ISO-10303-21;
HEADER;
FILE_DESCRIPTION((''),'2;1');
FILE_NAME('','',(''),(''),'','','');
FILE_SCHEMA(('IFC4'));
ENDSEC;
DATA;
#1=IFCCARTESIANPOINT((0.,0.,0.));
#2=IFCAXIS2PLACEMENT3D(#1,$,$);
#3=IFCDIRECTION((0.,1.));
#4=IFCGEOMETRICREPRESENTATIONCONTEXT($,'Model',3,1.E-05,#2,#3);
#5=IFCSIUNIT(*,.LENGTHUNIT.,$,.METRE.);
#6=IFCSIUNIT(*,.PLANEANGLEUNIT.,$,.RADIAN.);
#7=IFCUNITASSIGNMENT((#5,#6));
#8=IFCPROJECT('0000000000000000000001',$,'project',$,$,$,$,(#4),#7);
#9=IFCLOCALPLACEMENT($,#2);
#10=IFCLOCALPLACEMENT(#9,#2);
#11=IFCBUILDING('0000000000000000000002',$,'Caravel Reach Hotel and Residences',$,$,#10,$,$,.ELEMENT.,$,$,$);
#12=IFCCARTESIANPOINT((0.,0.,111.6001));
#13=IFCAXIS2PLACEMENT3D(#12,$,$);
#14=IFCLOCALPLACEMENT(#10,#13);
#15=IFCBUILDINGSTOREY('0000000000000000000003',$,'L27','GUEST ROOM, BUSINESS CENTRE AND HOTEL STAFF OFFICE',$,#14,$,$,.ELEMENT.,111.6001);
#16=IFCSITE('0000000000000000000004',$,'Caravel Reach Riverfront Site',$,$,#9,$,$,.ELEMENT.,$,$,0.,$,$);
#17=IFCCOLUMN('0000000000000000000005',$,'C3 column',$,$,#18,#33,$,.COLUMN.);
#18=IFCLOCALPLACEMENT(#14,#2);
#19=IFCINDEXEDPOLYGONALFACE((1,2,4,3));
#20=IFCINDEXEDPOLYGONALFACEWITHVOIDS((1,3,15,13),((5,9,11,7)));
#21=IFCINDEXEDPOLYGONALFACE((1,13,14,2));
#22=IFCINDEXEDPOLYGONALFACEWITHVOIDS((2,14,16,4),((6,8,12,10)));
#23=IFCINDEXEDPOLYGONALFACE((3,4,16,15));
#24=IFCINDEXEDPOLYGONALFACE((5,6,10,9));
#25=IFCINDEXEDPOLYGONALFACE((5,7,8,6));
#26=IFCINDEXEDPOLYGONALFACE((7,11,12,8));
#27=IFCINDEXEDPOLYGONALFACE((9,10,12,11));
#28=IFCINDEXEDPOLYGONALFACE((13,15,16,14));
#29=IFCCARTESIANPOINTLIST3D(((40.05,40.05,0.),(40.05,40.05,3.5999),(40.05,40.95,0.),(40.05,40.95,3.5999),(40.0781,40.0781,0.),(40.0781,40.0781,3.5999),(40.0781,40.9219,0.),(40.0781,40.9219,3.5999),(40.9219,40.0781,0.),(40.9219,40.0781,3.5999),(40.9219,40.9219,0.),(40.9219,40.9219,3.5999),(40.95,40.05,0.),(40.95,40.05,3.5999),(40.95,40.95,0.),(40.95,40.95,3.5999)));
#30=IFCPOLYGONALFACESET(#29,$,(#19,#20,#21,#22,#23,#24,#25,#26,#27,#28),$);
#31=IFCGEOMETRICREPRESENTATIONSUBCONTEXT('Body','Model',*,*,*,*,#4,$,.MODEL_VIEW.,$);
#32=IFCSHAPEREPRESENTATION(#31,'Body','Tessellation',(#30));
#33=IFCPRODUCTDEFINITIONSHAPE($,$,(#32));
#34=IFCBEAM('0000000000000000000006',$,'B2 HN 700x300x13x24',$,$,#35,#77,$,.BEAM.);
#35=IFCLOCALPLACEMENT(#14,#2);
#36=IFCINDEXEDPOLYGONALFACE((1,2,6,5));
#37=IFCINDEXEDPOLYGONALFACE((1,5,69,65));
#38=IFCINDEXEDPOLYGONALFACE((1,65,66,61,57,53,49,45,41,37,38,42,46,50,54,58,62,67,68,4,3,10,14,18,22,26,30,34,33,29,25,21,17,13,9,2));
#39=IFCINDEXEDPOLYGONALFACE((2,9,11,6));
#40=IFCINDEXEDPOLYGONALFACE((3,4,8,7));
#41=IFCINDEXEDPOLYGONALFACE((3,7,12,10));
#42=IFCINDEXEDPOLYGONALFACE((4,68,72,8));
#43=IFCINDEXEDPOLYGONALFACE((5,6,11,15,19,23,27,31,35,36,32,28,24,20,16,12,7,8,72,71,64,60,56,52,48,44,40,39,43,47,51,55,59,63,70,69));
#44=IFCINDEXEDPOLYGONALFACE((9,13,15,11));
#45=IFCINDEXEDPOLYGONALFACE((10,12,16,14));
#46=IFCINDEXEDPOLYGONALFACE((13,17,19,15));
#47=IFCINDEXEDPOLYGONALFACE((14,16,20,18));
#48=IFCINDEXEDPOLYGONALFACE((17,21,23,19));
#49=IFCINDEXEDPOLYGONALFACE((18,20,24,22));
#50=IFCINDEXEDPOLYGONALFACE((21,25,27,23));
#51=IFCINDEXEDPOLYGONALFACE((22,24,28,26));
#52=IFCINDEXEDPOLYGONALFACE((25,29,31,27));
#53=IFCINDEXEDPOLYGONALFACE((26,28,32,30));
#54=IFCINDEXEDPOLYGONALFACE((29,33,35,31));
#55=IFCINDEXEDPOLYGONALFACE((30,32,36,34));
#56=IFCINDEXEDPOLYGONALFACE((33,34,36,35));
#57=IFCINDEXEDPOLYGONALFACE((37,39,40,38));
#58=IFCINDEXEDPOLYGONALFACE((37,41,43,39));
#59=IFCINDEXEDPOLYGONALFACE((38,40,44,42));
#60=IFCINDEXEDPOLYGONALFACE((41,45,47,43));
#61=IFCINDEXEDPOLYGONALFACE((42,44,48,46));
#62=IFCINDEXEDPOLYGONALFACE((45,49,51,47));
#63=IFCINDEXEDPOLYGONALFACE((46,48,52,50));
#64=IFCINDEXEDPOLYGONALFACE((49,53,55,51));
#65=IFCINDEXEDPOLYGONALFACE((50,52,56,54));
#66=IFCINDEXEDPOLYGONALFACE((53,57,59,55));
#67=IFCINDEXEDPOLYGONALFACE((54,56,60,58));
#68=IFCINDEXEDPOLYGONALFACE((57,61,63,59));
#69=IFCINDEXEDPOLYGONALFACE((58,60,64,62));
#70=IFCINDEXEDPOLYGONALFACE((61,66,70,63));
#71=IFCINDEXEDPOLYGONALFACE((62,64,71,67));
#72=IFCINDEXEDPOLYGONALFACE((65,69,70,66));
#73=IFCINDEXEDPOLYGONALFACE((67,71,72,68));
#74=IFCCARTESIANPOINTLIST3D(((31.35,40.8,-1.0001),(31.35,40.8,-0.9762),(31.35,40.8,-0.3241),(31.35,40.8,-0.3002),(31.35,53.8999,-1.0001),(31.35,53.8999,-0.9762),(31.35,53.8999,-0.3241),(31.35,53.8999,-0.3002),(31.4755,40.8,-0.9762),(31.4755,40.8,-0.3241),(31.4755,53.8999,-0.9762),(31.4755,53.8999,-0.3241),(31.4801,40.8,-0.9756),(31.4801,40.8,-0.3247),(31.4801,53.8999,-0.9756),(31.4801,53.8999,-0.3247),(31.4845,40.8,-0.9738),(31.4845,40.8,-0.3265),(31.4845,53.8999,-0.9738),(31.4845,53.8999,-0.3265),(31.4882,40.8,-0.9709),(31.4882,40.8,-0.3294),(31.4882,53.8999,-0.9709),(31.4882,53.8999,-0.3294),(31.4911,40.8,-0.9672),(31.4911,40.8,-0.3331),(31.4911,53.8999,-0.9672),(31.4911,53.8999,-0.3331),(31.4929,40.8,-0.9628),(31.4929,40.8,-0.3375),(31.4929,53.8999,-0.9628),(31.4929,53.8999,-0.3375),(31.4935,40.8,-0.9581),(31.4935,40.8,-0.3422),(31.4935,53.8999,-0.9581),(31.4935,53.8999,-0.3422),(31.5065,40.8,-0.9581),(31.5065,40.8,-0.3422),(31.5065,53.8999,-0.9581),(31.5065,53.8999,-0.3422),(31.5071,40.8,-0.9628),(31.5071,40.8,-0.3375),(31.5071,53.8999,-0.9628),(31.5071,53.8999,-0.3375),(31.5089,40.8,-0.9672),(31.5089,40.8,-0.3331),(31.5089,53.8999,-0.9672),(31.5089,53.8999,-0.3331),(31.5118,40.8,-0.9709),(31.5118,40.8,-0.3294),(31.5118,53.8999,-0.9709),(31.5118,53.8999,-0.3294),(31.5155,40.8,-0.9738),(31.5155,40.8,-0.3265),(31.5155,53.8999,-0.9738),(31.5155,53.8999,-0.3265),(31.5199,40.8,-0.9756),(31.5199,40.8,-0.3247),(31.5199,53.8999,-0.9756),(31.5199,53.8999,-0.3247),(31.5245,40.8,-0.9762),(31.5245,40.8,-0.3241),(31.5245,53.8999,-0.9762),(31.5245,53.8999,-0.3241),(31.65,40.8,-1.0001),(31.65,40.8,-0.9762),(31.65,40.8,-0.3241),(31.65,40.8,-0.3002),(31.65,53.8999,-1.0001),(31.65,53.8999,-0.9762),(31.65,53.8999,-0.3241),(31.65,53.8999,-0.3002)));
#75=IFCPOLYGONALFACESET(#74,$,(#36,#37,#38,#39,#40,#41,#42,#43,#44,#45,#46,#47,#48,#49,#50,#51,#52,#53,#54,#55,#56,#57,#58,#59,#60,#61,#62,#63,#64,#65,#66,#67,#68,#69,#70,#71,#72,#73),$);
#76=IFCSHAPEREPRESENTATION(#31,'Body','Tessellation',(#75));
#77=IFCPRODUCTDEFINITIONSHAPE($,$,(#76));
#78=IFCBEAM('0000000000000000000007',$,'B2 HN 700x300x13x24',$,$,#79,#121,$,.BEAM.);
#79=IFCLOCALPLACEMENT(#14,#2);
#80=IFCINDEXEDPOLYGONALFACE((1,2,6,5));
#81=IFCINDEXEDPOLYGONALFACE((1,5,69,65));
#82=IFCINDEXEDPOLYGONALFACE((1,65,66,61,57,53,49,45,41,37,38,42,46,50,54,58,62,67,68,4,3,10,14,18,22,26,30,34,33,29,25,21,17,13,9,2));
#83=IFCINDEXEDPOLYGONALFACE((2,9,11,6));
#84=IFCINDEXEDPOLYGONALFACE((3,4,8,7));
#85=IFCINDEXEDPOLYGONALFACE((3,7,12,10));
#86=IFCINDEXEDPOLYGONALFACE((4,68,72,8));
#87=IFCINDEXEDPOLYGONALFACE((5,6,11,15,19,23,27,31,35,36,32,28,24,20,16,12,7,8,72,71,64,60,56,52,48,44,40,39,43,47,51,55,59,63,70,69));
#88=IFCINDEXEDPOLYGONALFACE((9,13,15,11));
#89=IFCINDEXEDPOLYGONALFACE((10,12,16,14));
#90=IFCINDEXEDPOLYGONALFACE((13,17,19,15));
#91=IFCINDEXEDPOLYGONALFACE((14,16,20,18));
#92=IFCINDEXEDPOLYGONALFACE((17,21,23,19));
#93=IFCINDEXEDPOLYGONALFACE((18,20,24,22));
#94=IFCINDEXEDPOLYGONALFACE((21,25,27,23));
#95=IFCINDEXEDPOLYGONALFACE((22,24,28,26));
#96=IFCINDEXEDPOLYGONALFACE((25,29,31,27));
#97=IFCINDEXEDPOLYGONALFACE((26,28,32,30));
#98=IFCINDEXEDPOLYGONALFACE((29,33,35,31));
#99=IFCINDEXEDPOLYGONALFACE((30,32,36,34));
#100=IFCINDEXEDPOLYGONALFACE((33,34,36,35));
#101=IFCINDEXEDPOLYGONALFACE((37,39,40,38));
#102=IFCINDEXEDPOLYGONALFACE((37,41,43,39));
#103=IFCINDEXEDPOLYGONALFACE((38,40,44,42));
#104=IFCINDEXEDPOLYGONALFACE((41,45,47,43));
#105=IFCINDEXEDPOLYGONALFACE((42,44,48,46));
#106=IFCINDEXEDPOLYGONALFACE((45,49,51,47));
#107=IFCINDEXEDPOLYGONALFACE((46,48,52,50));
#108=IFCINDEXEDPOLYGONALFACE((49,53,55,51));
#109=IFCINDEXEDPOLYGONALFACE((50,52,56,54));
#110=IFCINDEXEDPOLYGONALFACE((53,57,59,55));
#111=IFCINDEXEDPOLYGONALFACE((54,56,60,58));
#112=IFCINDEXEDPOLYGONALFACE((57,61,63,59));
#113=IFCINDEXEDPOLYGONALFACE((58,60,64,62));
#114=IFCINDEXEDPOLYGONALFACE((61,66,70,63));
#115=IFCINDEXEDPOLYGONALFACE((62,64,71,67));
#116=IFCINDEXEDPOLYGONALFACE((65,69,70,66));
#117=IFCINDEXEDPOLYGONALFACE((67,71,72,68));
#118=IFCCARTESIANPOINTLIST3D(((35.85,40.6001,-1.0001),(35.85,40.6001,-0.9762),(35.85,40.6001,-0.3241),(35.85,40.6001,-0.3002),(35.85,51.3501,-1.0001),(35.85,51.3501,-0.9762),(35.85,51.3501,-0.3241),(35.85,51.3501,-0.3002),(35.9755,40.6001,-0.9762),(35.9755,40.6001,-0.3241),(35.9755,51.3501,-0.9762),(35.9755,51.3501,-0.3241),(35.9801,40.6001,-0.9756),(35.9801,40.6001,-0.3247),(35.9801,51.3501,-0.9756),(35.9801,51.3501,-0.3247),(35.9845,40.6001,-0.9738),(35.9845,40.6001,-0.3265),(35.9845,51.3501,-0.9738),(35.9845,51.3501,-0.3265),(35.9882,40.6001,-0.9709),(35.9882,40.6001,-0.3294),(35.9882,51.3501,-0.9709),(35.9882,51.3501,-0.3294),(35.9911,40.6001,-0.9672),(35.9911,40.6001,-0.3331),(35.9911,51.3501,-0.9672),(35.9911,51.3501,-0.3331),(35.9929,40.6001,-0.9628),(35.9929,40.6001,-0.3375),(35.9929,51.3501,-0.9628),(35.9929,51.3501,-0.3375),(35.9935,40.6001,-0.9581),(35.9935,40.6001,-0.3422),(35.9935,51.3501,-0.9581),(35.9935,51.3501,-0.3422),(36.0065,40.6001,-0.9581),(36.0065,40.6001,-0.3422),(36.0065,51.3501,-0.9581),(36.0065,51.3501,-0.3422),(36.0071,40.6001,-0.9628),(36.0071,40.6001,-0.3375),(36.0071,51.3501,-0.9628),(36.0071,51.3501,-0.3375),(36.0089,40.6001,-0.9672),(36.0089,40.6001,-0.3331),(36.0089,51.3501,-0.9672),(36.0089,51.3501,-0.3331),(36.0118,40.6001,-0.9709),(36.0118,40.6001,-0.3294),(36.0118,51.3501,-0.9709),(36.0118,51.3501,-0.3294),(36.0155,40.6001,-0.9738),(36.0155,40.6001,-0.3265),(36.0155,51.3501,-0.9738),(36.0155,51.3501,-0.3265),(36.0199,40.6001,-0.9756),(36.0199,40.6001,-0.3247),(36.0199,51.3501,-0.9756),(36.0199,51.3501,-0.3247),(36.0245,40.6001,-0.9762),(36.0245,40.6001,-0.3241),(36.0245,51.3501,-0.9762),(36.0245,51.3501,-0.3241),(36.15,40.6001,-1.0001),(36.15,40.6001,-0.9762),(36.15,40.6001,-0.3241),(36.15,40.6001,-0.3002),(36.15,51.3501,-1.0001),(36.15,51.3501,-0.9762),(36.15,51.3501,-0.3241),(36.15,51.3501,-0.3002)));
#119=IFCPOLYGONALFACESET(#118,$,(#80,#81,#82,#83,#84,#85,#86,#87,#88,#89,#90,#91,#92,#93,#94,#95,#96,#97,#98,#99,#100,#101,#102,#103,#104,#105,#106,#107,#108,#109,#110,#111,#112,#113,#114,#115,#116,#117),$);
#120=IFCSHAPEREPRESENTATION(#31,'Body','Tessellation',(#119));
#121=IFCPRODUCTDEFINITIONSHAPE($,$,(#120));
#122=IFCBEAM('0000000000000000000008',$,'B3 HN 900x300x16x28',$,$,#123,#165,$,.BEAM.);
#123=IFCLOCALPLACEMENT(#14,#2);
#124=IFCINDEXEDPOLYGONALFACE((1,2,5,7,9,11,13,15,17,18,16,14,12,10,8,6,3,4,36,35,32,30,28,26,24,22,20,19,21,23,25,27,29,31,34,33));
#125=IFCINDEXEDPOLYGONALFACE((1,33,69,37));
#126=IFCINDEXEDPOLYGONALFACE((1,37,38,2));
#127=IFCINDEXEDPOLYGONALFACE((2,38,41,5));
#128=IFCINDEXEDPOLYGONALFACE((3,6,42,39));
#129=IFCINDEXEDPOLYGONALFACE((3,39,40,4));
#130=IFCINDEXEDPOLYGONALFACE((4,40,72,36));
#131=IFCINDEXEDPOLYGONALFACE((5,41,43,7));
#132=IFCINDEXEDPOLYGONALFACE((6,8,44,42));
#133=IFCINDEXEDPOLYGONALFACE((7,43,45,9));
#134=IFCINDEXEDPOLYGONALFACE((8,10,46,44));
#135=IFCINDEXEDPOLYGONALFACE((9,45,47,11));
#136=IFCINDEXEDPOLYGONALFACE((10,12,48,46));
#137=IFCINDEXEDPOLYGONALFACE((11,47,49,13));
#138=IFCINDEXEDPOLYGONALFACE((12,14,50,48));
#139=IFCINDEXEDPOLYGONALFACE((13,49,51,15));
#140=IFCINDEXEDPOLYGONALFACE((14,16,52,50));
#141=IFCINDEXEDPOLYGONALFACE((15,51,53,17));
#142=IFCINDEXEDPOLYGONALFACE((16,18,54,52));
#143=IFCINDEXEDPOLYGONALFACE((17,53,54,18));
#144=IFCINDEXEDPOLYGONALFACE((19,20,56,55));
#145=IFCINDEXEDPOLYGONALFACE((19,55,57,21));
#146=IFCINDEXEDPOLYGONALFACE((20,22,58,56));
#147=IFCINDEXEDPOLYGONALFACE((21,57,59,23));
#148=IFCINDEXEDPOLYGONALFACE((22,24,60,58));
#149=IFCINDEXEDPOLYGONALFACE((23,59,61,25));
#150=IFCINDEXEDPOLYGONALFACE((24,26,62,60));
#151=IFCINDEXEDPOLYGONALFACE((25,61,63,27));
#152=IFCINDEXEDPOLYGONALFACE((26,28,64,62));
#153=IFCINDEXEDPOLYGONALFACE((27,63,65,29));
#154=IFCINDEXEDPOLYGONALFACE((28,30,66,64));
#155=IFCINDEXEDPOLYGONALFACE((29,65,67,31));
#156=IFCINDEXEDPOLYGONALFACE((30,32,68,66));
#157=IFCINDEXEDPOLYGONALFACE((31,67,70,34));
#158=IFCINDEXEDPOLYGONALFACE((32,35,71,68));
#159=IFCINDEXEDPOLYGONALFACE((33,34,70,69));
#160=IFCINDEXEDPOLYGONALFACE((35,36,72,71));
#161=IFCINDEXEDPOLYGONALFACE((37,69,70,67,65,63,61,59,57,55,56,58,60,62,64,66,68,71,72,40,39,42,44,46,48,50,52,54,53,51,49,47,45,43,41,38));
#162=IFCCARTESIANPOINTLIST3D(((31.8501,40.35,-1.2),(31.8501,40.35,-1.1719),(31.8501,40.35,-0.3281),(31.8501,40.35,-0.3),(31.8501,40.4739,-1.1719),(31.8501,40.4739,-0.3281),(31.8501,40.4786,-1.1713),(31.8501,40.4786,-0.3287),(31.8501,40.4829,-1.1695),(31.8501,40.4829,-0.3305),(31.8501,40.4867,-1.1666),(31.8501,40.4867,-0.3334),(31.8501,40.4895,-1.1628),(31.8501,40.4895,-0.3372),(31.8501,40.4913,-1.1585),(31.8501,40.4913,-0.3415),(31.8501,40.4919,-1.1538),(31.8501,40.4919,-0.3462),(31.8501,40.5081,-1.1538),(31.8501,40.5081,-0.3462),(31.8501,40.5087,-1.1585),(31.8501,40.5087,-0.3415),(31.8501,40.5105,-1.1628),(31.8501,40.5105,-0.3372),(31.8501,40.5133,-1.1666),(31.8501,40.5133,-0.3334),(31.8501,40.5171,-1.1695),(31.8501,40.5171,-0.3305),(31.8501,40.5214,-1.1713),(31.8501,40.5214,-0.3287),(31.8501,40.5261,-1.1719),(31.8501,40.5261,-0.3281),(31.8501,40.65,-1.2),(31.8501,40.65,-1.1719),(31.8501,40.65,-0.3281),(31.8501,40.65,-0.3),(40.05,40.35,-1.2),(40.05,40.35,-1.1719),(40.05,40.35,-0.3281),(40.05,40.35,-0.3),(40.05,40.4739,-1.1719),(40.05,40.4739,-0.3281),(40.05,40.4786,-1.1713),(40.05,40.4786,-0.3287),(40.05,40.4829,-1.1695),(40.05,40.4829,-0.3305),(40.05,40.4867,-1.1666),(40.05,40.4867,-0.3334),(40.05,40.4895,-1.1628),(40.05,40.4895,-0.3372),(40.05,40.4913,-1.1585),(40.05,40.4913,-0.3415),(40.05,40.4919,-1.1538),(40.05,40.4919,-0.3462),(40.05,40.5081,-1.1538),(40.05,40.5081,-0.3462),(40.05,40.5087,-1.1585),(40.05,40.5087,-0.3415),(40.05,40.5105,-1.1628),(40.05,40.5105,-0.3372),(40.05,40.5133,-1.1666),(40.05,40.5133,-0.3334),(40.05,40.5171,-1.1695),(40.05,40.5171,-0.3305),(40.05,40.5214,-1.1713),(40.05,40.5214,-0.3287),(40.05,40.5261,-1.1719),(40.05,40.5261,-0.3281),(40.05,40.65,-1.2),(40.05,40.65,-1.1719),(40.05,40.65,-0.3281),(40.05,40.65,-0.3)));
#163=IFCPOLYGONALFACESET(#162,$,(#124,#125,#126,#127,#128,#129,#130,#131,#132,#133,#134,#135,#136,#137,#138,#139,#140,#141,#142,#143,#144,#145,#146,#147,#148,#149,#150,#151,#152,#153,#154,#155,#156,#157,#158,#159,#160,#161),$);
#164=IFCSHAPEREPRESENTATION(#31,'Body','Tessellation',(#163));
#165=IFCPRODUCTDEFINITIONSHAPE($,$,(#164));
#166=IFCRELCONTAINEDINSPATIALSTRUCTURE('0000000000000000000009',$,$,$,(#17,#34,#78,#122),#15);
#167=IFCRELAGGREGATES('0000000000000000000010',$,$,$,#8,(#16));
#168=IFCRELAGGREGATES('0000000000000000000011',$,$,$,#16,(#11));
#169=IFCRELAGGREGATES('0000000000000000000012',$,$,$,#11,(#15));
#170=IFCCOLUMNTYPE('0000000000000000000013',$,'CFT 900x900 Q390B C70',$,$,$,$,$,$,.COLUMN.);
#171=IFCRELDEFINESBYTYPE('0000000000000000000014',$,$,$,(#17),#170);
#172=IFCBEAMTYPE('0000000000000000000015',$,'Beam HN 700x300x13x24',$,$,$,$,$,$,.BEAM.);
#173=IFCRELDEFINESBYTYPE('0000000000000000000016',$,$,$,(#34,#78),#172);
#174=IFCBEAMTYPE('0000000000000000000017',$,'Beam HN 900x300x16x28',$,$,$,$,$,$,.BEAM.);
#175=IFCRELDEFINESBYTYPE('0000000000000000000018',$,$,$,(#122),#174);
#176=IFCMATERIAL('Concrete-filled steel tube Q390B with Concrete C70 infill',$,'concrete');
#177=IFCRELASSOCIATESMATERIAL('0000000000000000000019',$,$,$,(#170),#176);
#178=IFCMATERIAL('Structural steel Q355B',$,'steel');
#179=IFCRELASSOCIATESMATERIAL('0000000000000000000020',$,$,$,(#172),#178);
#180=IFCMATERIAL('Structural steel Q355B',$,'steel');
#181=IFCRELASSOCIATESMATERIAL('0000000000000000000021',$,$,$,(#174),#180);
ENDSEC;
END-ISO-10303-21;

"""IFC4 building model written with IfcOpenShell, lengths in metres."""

from ifc_helpers import new_model, si_unit, direction, frame, origin, origin_2d, place, context, subcontext, project, spatial, hollow_rectangle, i_section, extrude, material, material_profile, profile_set, type_object, element, save


model = new_model("IFC4")

# Units and contexts
model_context = context("Model", 3, precision=1e-05, world=origin(), true_north=direction((0.0, 1.0)))
body_context = subcontext(model_context, "Body", "Model", "MODEL_VIEW")
ifc_project = project(units=[si_unit("LENGTHUNIT", "METRE"), si_unit("PLANEANGLEUNIT", "RADIAN")], contexts=[model_context])

# Site, building, storey
site_placement = place(None, origin())
site = spatial("IfcSite", under=ifc_project, at=site_placement, Name="Caravel Reach Riverfront Site", CompositionType="ELEMENT", RefElevation=0.0)
building_placement = place(site_placement, origin())
building = spatial("IfcBuilding", under=site, at=building_placement, Name="Caravel Reach Hotel and Residences", CompositionType="ELEMENT")
storey_placement = place(building_placement, frame((0.0, 0.0, 111.6001)))
storey = spatial("IfcBuildingStorey", under=building, at=storey_placement, Name="L27", Description="GUEST ROOM, BUSINESS CENTRE AND HOTEL STAFF OFFICE", CompositionType="ELEMENT", Elevation=111.6001)

# Column
ifc_material_1 = material(Name="Concrete-filled steel tube Q390B with Concrete C70 infill", Category="concrete")
ifc_material_profile_1 = material_profile(ifc_material_1, hollow_rectangle(XDim=0.8999, YDim=0.8999, WallThickness=0.0281, at=origin_2d()), Name="RHS 900x900x28")
ifc_profile_set_1 = profile_set([ifc_material_profile_1], Name="Concrete-filled steel tube Q390B with Concrete C70 infill")
column_type = type_object("IfcColumnType", Name="CFT 900x900 Q390B C70", PredefinedType="COLUMN", material=ifc_profile_set_1)
column_placement = place(storey_placement, frame((40.5, 40.5, 0.0), z_axis=(0.0, 0.0, 1.0), x_axis=(1.0, 0.0, 0.0)))
element("IfcColumn", 1, at=column_placement, inside=storey, type_object=column_type, Name="C3 column", PredefinedType="COLUMN", context=body_context, shape_type="SweptSolid", body=[
    extrude(hollow_rectangle(XDim=0.8999, YDim=0.8999, WallThickness=0.0281, at=origin_2d()), origin(), (0.0, 0.0, 1.0), 3.5999),
])

# Beams
ifc_material_2 = material(Name="Structural steel Q355B", Category="steel")
ifc_material_profile_2 = material_profile(ifc_material_2, i_section(OverallWidth=0.3, OverallDepth=0.7, WebThickness=0.0129, FlangeThickness=0.0239, FilletRadius=0.0181, at=origin_2d()), Name="HN 700x300x13x24")
ifc_profile_set_2 = profile_set([ifc_material_profile_2], Name="Structural steel Q355B")
beam_type_1 = type_object("IfcBeamType", Name="Beam HN 700x300x13x24", PredefinedType="BEAM", material=ifc_profile_set_2)
beam_1_placement = place(storey_placement, frame((31.5, 40.8, -0.6501), z_axis=(0.0, 1.0, 0.0), x_axis=(-1.0, 0.0, 0.0)))
element("IfcBeam", 2, at=beam_1_placement, inside=storey, type_object=beam_type_1, Name="B2 HN 700x300x13x24", PredefinedType="BEAM", context=body_context, shape_type="SweptSolid", body=[
    extrude(i_section(OverallWidth=0.3, OverallDepth=0.7, WebThickness=0.0129, FlangeThickness=0.0239, FilletRadius=0.0181, at=origin_2d()), origin(), (0.0, 0.0, 1.0), 13.0999),
])
beam_2_placement = place(storey_placement, frame((36.0, 40.6001, -0.6501), z_axis=(0.0, 1.0, 0.0), x_axis=(-1.0, 0.0, 0.0)))
element("IfcBeam", 3, at=beam_2_placement, inside=storey, type_object=beam_type_1, Name="B2 HN 700x300x13x24", PredefinedType="BEAM", context=body_context, shape_type="SweptSolid", body=[
    extrude(i_section(OverallWidth=0.3, OverallDepth=0.7, WebThickness=0.0129, FlangeThickness=0.0239, FilletRadius=0.0181, at=origin_2d()), origin(), (0.0, 0.0, 1.0), 10.75),
])
ifc_material_3 = material(Name="Structural steel Q355B", Category="steel")
ifc_material_profile_3 = material_profile(ifc_material_3, i_section(OverallWidth=0.3, OverallDepth=0.8999, WebThickness=0.0161, FlangeThickness=0.0281, FilletRadius=0.0181, at=origin_2d()), Name="HN 900x300x16x28")
ifc_profile_set_3 = profile_set([ifc_material_profile_3], Name="Structural steel Q355B")
beam_type_2 = type_object("IfcBeamType", Name="Beam HN 900x300x16x28", PredefinedType="BEAM", material=ifc_profile_set_3)
beam_3_placement = place(storey_placement, frame((31.8501, 40.5, -0.75), z_axis=(1.0, 0.0, 0.0), x_axis=(0.0, 1.0, 0.0)))
element("IfcBeam", 4, at=beam_3_placement, inside=storey, type_object=beam_type_2, Name="B3 HN 900x300x16x28", PredefinedType="BEAM", context=body_context, shape_type="SweptSolid", body=[
    extrude(i_section(OverallWidth=0.3, OverallDepth=0.8999, WebThickness=0.0161, FlangeThickness=0.0281, FilletRadius=0.0181, at=origin_2d()), origin(), (0.0, 0.0, 1.0), 8.2),
])

save(model, "model.ifc")
